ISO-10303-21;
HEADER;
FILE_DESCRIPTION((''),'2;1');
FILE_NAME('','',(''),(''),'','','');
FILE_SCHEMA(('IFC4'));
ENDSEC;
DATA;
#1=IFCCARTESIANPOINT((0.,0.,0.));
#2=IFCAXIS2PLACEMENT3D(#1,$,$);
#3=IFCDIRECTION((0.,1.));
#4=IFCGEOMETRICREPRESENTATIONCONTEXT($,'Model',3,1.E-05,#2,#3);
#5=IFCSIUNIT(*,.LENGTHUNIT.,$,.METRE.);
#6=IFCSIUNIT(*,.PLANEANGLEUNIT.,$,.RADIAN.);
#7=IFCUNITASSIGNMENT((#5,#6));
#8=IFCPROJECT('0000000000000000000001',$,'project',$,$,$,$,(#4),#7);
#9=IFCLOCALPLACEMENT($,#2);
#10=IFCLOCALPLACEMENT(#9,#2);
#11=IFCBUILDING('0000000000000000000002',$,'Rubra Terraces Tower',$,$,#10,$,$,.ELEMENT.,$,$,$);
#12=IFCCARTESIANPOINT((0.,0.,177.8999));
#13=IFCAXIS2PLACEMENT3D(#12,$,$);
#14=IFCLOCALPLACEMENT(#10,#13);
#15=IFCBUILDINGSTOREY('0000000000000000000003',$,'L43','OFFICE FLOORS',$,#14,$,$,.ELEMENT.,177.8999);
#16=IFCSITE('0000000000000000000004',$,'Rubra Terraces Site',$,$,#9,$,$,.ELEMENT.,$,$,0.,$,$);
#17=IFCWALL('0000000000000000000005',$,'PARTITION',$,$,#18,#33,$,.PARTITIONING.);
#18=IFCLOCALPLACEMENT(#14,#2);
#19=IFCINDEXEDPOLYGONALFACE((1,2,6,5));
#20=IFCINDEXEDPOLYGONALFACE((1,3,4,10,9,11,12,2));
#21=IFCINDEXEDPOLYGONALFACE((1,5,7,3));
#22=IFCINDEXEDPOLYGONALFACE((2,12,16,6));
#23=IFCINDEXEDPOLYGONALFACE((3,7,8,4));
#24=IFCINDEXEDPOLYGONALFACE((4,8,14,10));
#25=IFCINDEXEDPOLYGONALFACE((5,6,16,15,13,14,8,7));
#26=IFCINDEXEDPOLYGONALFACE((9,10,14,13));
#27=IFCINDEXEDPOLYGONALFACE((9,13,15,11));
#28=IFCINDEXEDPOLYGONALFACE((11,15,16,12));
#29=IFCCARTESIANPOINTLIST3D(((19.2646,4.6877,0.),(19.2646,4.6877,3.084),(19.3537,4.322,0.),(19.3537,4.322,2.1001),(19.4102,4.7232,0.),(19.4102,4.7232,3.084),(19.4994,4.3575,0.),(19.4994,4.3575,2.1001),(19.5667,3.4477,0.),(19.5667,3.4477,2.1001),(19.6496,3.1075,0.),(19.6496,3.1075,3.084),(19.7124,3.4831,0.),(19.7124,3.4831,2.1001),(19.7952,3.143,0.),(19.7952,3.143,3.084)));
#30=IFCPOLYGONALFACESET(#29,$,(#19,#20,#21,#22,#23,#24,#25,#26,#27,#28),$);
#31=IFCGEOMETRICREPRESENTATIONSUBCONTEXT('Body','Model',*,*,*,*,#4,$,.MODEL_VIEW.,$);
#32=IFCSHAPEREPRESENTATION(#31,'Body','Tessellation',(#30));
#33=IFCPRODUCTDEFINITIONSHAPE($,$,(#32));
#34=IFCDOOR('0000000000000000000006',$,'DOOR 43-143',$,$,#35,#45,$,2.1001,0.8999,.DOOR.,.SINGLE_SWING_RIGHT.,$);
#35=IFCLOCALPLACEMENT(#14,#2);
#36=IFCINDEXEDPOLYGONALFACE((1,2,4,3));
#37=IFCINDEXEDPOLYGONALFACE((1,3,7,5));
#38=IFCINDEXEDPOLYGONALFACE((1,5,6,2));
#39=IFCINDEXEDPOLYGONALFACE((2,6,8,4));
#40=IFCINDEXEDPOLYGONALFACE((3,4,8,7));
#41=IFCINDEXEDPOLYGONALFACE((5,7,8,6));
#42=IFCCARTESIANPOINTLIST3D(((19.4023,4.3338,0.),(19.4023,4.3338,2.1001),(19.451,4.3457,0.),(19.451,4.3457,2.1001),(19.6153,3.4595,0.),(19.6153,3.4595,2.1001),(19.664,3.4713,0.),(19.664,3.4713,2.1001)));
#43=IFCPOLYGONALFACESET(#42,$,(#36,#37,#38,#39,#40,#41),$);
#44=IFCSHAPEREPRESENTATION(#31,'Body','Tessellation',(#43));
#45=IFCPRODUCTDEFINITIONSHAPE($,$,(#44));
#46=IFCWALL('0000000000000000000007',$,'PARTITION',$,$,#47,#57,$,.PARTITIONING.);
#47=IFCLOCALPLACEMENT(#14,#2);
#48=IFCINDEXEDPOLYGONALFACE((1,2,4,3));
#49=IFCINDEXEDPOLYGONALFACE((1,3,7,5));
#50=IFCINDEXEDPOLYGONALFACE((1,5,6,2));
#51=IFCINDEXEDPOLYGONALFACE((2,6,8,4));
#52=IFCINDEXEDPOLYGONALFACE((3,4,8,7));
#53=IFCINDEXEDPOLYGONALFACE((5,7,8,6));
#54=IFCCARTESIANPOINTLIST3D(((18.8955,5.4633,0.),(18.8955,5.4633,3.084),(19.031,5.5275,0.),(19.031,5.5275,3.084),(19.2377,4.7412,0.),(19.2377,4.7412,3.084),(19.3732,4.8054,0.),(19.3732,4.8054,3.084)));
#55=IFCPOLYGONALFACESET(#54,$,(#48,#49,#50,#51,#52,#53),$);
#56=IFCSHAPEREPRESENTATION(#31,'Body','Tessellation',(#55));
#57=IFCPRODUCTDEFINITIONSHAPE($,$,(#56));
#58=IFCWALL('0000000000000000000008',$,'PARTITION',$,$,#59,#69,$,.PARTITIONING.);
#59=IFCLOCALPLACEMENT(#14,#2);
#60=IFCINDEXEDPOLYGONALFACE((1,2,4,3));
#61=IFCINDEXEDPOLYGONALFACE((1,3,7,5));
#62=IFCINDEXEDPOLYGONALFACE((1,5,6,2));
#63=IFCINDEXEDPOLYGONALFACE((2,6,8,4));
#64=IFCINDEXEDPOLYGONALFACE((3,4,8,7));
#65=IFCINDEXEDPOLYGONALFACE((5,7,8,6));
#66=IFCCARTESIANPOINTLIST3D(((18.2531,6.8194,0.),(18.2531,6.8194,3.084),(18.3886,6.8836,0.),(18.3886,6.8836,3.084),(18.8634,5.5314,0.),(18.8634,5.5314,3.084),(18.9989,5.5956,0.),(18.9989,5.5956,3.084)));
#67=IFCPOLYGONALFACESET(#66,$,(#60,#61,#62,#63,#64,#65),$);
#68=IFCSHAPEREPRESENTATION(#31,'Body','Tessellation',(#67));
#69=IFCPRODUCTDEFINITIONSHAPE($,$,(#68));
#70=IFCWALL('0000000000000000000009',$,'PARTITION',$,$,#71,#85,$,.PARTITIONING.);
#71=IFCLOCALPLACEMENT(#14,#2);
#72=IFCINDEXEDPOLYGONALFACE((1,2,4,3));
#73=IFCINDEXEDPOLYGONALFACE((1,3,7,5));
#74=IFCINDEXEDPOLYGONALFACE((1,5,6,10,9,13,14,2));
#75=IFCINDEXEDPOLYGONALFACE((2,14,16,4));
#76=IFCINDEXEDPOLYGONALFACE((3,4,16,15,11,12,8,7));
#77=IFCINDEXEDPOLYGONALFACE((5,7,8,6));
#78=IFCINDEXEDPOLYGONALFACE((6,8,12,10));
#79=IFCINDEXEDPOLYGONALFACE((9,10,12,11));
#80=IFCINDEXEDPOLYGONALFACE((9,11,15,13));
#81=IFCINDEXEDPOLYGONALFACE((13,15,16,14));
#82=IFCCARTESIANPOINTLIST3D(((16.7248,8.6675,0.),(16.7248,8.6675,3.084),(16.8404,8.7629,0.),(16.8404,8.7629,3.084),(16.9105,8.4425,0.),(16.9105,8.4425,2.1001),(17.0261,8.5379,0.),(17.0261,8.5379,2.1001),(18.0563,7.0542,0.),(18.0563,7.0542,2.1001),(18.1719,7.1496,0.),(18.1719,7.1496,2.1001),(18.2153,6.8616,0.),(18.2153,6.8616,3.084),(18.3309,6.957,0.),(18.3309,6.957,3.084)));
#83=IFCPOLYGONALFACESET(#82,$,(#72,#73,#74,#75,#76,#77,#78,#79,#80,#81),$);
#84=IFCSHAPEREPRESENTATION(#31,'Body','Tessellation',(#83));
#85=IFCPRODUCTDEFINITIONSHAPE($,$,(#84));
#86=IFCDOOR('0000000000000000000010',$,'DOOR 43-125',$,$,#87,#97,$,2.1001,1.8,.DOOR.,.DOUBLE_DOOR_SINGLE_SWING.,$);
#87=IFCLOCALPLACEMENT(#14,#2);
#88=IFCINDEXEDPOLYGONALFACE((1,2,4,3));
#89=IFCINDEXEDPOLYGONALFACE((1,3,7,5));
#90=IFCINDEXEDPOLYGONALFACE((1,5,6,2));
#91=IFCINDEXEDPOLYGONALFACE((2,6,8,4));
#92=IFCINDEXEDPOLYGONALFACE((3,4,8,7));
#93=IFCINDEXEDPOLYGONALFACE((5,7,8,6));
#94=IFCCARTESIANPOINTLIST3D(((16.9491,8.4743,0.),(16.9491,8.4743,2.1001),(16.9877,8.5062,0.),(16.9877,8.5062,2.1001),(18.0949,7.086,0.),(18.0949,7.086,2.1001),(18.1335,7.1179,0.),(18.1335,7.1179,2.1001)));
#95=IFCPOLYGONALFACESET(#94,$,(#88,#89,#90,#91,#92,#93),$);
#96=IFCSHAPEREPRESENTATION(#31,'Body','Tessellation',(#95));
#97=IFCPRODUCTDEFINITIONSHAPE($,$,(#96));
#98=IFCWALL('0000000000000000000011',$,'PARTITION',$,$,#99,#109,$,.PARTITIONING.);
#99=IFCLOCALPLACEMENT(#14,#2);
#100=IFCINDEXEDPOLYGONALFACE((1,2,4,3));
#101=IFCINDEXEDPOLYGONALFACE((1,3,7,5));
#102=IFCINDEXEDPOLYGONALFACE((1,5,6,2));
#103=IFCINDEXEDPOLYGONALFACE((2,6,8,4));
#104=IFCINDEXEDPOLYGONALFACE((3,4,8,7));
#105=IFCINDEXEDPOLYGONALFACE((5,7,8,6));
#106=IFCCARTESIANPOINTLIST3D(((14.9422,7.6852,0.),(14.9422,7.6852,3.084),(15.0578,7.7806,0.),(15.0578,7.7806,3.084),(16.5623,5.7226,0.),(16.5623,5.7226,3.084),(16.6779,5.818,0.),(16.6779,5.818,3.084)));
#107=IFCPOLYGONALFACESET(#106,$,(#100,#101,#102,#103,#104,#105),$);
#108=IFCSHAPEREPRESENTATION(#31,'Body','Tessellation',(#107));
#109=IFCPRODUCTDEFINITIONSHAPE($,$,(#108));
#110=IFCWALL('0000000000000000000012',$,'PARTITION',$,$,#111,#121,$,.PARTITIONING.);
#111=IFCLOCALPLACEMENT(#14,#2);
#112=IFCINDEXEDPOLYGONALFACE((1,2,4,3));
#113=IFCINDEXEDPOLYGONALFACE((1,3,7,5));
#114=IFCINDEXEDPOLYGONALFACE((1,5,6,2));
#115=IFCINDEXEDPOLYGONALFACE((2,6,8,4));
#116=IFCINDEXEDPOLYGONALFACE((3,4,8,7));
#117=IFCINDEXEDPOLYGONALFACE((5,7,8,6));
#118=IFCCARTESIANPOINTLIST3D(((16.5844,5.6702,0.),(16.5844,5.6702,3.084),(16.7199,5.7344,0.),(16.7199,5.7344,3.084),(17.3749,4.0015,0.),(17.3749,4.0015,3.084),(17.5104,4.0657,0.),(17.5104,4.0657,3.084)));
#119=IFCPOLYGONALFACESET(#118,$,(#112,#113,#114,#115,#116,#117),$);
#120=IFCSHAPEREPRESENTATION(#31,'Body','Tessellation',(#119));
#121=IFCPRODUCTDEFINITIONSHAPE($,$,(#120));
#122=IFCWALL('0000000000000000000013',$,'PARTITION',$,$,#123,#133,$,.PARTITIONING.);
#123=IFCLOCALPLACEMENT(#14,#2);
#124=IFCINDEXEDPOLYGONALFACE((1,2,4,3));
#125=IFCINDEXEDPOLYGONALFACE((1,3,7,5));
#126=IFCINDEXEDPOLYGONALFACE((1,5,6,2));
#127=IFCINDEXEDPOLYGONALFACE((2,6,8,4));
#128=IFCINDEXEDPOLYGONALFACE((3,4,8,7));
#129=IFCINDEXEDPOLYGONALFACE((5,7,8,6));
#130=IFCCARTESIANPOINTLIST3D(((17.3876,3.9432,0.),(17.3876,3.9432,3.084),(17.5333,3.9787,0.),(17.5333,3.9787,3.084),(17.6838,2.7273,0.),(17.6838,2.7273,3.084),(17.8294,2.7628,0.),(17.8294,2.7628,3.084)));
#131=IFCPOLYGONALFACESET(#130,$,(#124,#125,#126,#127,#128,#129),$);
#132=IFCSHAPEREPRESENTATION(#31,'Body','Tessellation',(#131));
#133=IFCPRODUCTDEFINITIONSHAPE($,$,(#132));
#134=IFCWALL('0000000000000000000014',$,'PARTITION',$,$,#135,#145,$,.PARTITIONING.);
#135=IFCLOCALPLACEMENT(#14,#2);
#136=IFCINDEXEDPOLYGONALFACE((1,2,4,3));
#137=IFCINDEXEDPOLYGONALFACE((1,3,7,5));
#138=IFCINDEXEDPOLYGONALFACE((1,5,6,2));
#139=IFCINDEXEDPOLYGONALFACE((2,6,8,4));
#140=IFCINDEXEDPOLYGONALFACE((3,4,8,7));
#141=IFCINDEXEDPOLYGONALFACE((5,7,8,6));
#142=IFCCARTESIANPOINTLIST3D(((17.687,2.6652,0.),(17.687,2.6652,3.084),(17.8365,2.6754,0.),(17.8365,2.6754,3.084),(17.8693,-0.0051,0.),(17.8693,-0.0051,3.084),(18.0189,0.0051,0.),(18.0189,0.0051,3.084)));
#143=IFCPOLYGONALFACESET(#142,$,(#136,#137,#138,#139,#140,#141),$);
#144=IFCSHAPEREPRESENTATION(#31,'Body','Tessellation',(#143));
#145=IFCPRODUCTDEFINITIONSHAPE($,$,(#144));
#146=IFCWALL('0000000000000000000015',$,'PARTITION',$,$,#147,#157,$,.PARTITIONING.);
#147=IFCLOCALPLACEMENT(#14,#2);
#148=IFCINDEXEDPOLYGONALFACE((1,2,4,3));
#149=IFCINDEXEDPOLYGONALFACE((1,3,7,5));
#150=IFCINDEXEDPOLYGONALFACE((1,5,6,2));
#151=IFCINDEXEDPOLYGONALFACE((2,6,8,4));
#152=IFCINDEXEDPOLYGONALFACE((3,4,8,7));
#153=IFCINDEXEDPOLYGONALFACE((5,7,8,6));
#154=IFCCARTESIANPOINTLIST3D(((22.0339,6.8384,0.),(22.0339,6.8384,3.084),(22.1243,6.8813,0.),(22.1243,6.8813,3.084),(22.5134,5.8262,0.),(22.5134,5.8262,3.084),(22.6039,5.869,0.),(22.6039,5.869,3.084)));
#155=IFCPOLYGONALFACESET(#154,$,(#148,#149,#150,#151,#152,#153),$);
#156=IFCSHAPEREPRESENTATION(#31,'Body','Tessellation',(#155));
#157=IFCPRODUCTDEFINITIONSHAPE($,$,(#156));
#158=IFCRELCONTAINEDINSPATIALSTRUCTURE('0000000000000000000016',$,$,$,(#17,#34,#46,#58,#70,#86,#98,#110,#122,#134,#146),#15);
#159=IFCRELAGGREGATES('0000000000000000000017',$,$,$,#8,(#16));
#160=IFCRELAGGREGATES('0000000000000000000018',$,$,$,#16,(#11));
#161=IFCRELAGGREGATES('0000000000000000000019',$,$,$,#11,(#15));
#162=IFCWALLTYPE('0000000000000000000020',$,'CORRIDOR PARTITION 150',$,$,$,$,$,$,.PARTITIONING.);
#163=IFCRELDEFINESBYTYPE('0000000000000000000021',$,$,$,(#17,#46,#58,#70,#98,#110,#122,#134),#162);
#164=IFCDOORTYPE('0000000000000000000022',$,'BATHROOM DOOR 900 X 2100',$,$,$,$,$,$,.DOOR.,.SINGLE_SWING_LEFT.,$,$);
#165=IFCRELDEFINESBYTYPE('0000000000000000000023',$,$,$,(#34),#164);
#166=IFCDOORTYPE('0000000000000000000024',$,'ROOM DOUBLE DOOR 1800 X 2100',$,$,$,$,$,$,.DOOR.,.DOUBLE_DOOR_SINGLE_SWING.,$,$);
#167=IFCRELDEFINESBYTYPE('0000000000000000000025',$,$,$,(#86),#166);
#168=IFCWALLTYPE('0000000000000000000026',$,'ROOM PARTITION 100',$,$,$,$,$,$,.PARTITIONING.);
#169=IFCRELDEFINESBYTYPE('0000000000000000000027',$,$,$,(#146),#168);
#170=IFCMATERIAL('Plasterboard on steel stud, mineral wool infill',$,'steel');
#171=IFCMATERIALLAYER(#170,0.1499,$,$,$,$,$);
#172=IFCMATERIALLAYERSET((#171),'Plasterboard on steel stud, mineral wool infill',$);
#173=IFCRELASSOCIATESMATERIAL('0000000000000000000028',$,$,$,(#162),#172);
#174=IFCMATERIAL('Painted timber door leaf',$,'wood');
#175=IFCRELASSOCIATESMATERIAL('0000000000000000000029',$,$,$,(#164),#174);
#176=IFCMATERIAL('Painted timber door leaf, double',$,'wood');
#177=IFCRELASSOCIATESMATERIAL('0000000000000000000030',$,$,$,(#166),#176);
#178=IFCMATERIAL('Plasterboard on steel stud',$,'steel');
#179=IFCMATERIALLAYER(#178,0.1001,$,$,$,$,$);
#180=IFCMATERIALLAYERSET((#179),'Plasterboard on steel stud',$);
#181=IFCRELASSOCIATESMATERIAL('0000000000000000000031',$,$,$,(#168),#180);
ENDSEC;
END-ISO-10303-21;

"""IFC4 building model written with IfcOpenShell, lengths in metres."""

from ifc_helpers import new_model, si_unit, direction, frame, frame_2d, origin, place, context, subcontext, project, spatial, rectangle, extrude, material, layer, layer_set, type_object, element, fill, save


model = new_model("IFC4")

# Units and contexts
model_context = context("Model", 3, precision=1e-05, world=origin(), true_north=direction((0.0, 1.0)))
body_context = subcontext(model_context, "Body", "Model", "MODEL_VIEW")
ifc_project = project(units=[si_unit("LENGTHUNIT", "METRE"), si_unit("PLANEANGLEUNIT", "RADIAN")], contexts=[model_context])

# Site, building, storey
site_placement = place(None, origin())
site = spatial("IfcSite", under=ifc_project, at=site_placement, Name="Rubra Terraces Site", CompositionType="ELEMENT", RefElevation=0.0)
building_placement = place(site_placement, origin())
building = spatial("IfcBuilding", under=site, at=building_placement, Name="Rubra Terraces Tower", CompositionType="ELEMENT")
storey_placement = place(building_placement, frame((0.0, 0.0, 177.8999)))
storey = spatial("IfcBuildingStorey", under=building, at=storey_placement, Name="L43", Description="OFFICE FLOORS", CompositionType="ELEMENT", Elevation=177.8999)

# Wall, opening, door
ifc_material_1 = material(Name="Plasterboard on steel stud, mineral wool infill", Category="steel")
ifc_layer_1 = layer(ifc_material_1, 0.1499)
ifc_layer_set_1 = layer_set([ifc_layer_1], Name="Plasterboard on steel stud, mineral wool infill")
wall_type_1 = type_object("IfcWallType", Name="CORRIDOR PARTITION 150", PredefinedType="PARTITIONING", material=ifc_layer_set_1)
wall_1_placement = place(storey_placement, frame((19.7224, 3.1252, 0.0), z_axis=(0.0, 0.0, 1.0), x_axis=(-0.236704, 0.971582, 0.0)))
wall_1 = element("IfcWall", 1, at=wall_1_placement, inside=storey, type_object=wall_type_1, Name="PARTITION", PredefinedType="PARTITIONING", context=body_context, shape_type="SweptSolid", body=[
    extrude(rectangle(XDim=1.6265, YDim=0.1499, at=frame_2d((0.8132, 0.0))), origin(), (0.0, 0.0, 1.0), 3.084),
])
opening_1_placement = place(wall_1_placement, frame((0.3501, 0.0, 0.0)))
opening_1 = element("IfcOpeningElement", 2, at=opening_1_placement, cuts=wall_1, PredefinedType="OPENING", context=body_context, shape_type="SweptSolid", body=[
    extrude(rectangle(XDim=0.8999, YDim=2.1001, at=frame_2d((0.45, 1.05))), frame((0.0, 0.085, 0.0), z_axis=(0.0, -1.0, 0.0), x_axis=(1.0, 0.0, 0.0)), (0.0, 0.0, 1.0), 0.1699),
])
ifc_material_2 = material(Name="Painted timber door leaf", Category="wood")
door_type_1 = type_object("IfcDoorType", Name="BATHROOM DOOR 900 X 2100", OperationType="SINGLE_SWING_LEFT", PredefinedType="DOOR", material=ifc_material_2)
door_1_placement = place(opening_1_placement, origin())
door_1 = element("IfcDoor", 3, at=door_1_placement, inside=storey, type_object=door_type_1, Name="DOOR 43-143", OperationType="SINGLE_SWING_RIGHT", OverallHeight=2.1001, OverallWidth=0.8999, PredefinedType="DOOR", context=body_context, shape_type="SweptSolid", body=[
    extrude(rectangle(XDim=0.8999, YDim=2.1001, at=frame_2d((0.45, 1.05))), frame((0.0, 0.0249, 0.0), z_axis=(0.0, -1.0, 0.0), x_axis=(1.0, 0.0, 0.0)), (0.0, 0.0, 1.0), 0.05),
])
fill(opening_1, door_1)

# Walls
wall_2_placement = place(storey_placement, frame((19.3054, 4.7734, 0.0), z_axis=(0.0, 0.0, 1.0), x_axis=(-0.428296, 0.903638, 0.0)))
element("IfcWall", 4, at=wall_2_placement, inside=storey, type_object=wall_type_1, Name="PARTITION", PredefinedType="PARTITIONING", context=body_context, shape_type="SweptSolid", body=[
    extrude(rectangle(XDim=0.7991, YDim=0.1499, at=frame_2d((0.3994, 0.0))), origin(), (0.0, 0.0, 1.0), 3.084),
])
wall_3_placement = place(storey_placement, frame((18.9312, 5.5635, 0.0), z_axis=(0.0, 0.0, 1.0), x_axis=(-0.428204, 0.903682, 0.0)))
element("IfcWall", 5, at=wall_3_placement, inside=storey, type_object=wall_type_1, Name="PARTITION", PredefinedType="PARTITIONING", context=body_context, shape_type="SweptSolid", body=[
    extrude(rectangle(XDim=1.4253, YDim=0.1499, at=frame_2d((0.7126, 0.0))), origin(), (0.0, 0.0, 1.0), 3.084),
])

# Wall, opening, door
wall_4_placement = place(storey_placement, frame((18.2732, 6.9092, 0.0), z_axis=(0.0, 0.0, 1.0), x_axis=(-0.636536, 0.771247, 0.0)))
wall_4 = element("IfcWall", 6, at=wall_4_placement, inside=storey, type_object=wall_type_1, Name="PARTITION", PredefinedType="PARTITIONING", context=body_context, shape_type="SweptSolid", body=[
    extrude(rectangle(XDim=2.3416, YDim=0.1499, at=frame_2d((1.1709, 0.0))), origin(), (0.0, 0.0, 1.0), 3.084),
])
opening_2_placement = place(wall_4_placement, frame((0.25, 0.0, 0.0)))
opening_2 = element("IfcOpeningElement", 7, at=opening_2_placement, cuts=wall_4, PredefinedType="OPENING", context=body_context, shape_type="SweptSolid", body=[
    extrude(rectangle(XDim=1.8, YDim=2.1001, at=frame_2d((0.8999, 1.05))), frame((0.0, 0.085, 0.0), z_axis=(0.0, -1.0, 0.0), x_axis=(1.0, 0.0, 0.0)), (0.0, 0.0, 1.0), 0.1699),
])
ifc_material_3 = material(Name="Painted timber door leaf, double", Category="wood")
door_type_2 = type_object("IfcDoorType", Name="ROOM DOUBLE DOOR 1800 X 2100", OperationType="DOUBLE_DOOR_SINGLE_SWING", PredefinedType="DOOR", material=ifc_material_3)
door_2_placement = place(opening_2_placement, origin())
door_2 = element("IfcDoor", 8, at=door_2_placement, inside=storey, type_object=door_type_2, Name="DOOR 43-125", OperationType="DOUBLE_DOOR_SINGLE_SWING", OverallHeight=2.1001, OverallWidth=1.8, PredefinedType="DOOR", context=body_context, shape_type="SweptSolid", body=[
    extrude(rectangle(XDim=1.8, YDim=2.1001, at=frame_2d((0.8999, 1.05))), frame((0.0, 0.0249, 0.0), z_axis=(0.0, -1.0, 0.0), x_axis=(1.0, 0.0, 0.0)), (0.0, 0.0, 1.0), 0.05),
])
fill(opening_2, door_2)

# Walls
wall_5_placement = place(storey_placement, frame((15.0, 7.7329, 0.0), z_axis=(0.0, 0.0, 1.0), x_axis=(0.636601, -0.771193, 0.0)))
element("IfcWall", 9, at=wall_5_placement, inside=storey, type_object=wall_type_1, Name="PARTITION", PredefinedType="PARTITIONING", context=body_context, shape_type="SweptSolid", body=[
    extrude(rectangle(XDim=2.5449, YDim=0.1499, at=frame_2d((1.2725, 0.0))), origin(), (0.0, 0.0, 1.0), 3.084),
])
wall_6_placement = place(storey_placement, frame((16.6521, 5.7024, 0.0), z_axis=(0.0, 0.0, 1.0), x_axis=(0.428126, -0.903719, 0.0)))
element("IfcWall", 10, at=wall_6_placement, inside=storey, type_object=wall_type_1, Name="PARTITION", PredefinedType="PARTITIONING", context=body_context, shape_type="SweptSolid", body=[
    extrude(rectangle(XDim=1.8464, YDim=0.1499, at=frame_2d((0.9233, 0.0))), origin(), (0.0, 0.0, 1.0), 3.084),
])
wall_7_placement = place(storey_placement, frame((17.4604, 3.9609, 0.0), z_axis=(0.0, 0.0, 1.0), x_axis=(0.236655, -0.971594, 0.0)))
element("IfcWall", 11, at=wall_7_placement, inside=storey, type_object=wall_type_1, Name="PARTITION", PredefinedType="PARTITIONING", context=body_context, shape_type="SweptSolid", body=[
    extrude(rectangle(XDim=1.2515, YDim=0.1499, at=frame_2d((0.6257, 0.0))), origin(), (0.0, 0.0, 1.0), 3.084),
])
wall_8_placement = place(storey_placement, frame((17.7617, 2.6704, 0.0), z_axis=(0.0, 0.0, 1.0), x_axis=(0.068135, -0.997676, 0.0)))
element("IfcWall", 12, at=wall_8_placement, inside=storey, type_object=wall_type_1, Name="PARTITION", PredefinedType="PARTITIONING", context=body_context, shape_type="SweptSolid", body=[
    extrude(rectangle(XDim=2.6765, YDim=0.1499, at=frame_2d((1.3384, 0.0))), origin(), (0.0, 0.0, 1.0), 3.084),
])
ifc_material_4 = material(Name="Plasterboard on steel stud", Category="steel")
ifc_layer_2 = layer(ifc_material_4, 0.1001)
ifc_layer_set_2 = layer_set([ifc_layer_2], Name="Plasterboard on steel stud")
wall_type_2 = type_object("IfcWallType", Name="ROOM PARTITION 100", PredefinedType="PARTITIONING", material=ifc_layer_set_2)
wall_9_placement = place(storey_placement, frame((22.0791, 6.8599, 0.0), z_axis=(0.0, 0.0, 1.0), x_axis=(0.428105, -0.903729, 0.0)))
element("IfcWall", 13, at=wall_9_placement, inside=storey, type_object=wall_type_2, Name="PARTITION", PredefinedType="PARTITIONING", context=body_context, shape_type="SweptSolid", body=[
    extrude(rectangle(XDim=1.1201, YDim=0.1001, at=frame_2d((0.5601, 0.0))), origin(), (0.0, 0.0, 1.0), 3.084),
])

save(model, "model.ifc")
